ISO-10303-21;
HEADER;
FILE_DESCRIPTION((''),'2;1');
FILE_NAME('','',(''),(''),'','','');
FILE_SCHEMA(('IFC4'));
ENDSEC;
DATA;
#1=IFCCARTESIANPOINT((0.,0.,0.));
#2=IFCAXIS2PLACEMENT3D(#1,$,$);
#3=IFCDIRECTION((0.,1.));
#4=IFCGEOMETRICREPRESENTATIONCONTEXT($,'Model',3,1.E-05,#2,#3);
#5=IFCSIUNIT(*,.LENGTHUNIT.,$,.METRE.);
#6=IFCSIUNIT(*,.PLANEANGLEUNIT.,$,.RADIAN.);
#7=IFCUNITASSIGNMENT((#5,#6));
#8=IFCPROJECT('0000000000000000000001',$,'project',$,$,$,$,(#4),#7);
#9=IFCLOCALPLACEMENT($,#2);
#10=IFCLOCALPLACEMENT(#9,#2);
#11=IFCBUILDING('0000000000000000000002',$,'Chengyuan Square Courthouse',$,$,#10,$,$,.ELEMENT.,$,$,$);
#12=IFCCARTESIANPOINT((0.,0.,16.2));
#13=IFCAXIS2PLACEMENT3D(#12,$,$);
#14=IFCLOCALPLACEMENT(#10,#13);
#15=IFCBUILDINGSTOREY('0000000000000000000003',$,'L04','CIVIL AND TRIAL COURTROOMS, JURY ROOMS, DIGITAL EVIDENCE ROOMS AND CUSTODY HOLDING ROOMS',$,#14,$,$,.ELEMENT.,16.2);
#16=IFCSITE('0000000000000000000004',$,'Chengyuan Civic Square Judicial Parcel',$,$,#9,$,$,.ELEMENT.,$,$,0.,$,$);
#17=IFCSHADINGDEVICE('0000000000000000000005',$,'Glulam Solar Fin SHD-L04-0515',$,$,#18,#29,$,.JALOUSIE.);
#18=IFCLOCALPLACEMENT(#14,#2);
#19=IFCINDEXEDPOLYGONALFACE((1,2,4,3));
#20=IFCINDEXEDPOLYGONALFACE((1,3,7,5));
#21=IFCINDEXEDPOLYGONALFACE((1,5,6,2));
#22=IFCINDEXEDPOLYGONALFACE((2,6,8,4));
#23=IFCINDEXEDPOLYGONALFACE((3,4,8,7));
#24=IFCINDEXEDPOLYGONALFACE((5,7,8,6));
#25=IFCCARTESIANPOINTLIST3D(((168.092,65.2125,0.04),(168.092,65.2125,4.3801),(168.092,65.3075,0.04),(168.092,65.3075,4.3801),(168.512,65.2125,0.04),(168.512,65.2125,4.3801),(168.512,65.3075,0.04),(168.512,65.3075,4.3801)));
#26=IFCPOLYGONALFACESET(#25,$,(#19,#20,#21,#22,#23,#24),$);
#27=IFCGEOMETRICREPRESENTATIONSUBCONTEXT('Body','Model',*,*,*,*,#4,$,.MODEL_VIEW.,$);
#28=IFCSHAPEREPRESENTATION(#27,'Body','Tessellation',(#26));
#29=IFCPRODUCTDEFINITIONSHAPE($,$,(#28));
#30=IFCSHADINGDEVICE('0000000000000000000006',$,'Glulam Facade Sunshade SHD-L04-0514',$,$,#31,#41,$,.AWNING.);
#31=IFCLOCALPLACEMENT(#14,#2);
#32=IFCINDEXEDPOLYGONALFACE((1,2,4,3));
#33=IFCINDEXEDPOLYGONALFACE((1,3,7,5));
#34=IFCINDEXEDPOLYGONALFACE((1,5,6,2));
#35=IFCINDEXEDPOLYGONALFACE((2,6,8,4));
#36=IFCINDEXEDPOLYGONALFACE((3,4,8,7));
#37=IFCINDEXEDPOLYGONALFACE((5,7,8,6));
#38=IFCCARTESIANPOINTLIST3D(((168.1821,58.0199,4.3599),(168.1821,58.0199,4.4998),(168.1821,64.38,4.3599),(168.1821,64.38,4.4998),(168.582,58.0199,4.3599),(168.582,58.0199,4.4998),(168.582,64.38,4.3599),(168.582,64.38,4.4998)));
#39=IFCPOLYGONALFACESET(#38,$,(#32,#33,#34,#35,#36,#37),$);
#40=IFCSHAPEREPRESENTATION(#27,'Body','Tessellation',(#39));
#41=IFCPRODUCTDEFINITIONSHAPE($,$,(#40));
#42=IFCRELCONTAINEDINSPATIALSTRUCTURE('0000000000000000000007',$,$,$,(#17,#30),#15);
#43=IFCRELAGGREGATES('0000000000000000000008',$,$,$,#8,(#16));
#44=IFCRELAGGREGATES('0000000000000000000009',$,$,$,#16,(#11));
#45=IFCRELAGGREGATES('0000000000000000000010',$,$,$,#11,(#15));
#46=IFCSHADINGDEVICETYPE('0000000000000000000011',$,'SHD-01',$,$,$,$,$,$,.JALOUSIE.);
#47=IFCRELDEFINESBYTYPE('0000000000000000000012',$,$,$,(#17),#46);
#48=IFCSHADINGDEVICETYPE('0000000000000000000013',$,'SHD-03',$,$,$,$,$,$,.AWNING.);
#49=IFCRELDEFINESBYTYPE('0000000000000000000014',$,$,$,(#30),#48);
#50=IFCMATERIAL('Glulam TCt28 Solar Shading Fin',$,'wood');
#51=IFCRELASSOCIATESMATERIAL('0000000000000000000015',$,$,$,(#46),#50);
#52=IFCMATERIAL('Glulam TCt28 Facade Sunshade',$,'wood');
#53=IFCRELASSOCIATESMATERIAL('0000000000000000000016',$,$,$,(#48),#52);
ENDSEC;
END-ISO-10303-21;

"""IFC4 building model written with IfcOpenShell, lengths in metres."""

from ifc_helpers import new_model, si_unit, direction, frame, origin, origin_2d, place, context, subcontext, project, spatial, rectangle, extrude, material, type_object, element, save


model = new_model("IFC4")

# Units and contexts
model_context = context("Model", 3, precision=1e-05, world=origin(), true_north=direction((0.0, 1.0)))
body_context = subcontext(model_context, "Body", "Model", "MODEL_VIEW")
ifc_project = project(units=[si_unit("LENGTHUNIT", "METRE"), si_unit("PLANEANGLEUNIT", "RADIAN")], contexts=[model_context])

# Site, building, storey
site_placement = place(None, origin())
site = spatial("IfcSite", under=ifc_project, at=site_placement, Name="Chengyuan Civic Square Judicial Parcel", CompositionType="ELEMENT", RefElevation=0.0)
building_placement = place(site_placement, origin())
building = spatial("IfcBuilding", under=site, at=building_placement, Name="Chengyuan Square Courthouse", CompositionType="ELEMENT")
storey_placement = place(building_placement, frame((0.0, 0.0, 16.2)))
storey = spatial("IfcBuildingStorey", under=building, at=storey_placement, Name="L04", Description="CIVIL AND TRIAL COURTROOMS, JURY ROOMS, DIGITAL EVIDENCE ROOMS AND CUSTODY HOLDING ROOMS", CompositionType="ELEMENT", Elevation=16.2)

# Shading devices
ifc_material_1 = material(Name="Glulam TCt28 Solar Shading Fin", Category="wood")
shading_device_type_1 = type_object("IfcShadingDeviceType", Name="SHD-01", PredefinedType="JALOUSIE", material=ifc_material_1)
for number, where, z_axis, x_axis, name in (
    (1, (168.302, 65.26, 0.04), (0.0, 0.0, 1.0), (1.0, 0.0, 0.0), "Glulam Solar Fin SHD-L04-0515"),
):
    element("IfcShadingDevice", number, at=place(storey_placement, frame(where, z_axis=z_axis, x_axis=x_axis)), inside=storey, type_object=shading_device_type_1, Name=name, PredefinedType="JALOUSIE", context=body_context, shape_type="SweptSolid", body=[
        extrude(rectangle(XDim=0.4199, YDim=0.095, at=origin_2d()), origin(), (0.0, 0.0, 1.0), 4.3401),
    ])
ifc_material_2 = material(Name="Glulam TCt28 Facade Sunshade", Category="wood")
shading_device_type_2 = type_object("IfcShadingDeviceType", Name="SHD-03", PredefinedType="AWNING", material=ifc_material_2)
shading_device_placement = place(storey_placement, frame((168.3821, 61.2, 4.3599), z_axis=(0.0, 0.0, 1.0), x_axis=(0.0, 1.0, 0.0)))
element("IfcShadingDevice", 2, at=shading_device_placement, inside=storey, type_object=shading_device_type_2, Name="Glulam Facade Sunshade SHD-L04-0514", PredefinedType="AWNING", context=body_context, shape_type="SweptSolid", body=[
    extrude(rectangle(XDim=6.3601, YDim=0.3999, at=origin_2d()), origin(), (0.0, 0.0, 1.0), 0.1399),
])

save(model, "model.ifc")
